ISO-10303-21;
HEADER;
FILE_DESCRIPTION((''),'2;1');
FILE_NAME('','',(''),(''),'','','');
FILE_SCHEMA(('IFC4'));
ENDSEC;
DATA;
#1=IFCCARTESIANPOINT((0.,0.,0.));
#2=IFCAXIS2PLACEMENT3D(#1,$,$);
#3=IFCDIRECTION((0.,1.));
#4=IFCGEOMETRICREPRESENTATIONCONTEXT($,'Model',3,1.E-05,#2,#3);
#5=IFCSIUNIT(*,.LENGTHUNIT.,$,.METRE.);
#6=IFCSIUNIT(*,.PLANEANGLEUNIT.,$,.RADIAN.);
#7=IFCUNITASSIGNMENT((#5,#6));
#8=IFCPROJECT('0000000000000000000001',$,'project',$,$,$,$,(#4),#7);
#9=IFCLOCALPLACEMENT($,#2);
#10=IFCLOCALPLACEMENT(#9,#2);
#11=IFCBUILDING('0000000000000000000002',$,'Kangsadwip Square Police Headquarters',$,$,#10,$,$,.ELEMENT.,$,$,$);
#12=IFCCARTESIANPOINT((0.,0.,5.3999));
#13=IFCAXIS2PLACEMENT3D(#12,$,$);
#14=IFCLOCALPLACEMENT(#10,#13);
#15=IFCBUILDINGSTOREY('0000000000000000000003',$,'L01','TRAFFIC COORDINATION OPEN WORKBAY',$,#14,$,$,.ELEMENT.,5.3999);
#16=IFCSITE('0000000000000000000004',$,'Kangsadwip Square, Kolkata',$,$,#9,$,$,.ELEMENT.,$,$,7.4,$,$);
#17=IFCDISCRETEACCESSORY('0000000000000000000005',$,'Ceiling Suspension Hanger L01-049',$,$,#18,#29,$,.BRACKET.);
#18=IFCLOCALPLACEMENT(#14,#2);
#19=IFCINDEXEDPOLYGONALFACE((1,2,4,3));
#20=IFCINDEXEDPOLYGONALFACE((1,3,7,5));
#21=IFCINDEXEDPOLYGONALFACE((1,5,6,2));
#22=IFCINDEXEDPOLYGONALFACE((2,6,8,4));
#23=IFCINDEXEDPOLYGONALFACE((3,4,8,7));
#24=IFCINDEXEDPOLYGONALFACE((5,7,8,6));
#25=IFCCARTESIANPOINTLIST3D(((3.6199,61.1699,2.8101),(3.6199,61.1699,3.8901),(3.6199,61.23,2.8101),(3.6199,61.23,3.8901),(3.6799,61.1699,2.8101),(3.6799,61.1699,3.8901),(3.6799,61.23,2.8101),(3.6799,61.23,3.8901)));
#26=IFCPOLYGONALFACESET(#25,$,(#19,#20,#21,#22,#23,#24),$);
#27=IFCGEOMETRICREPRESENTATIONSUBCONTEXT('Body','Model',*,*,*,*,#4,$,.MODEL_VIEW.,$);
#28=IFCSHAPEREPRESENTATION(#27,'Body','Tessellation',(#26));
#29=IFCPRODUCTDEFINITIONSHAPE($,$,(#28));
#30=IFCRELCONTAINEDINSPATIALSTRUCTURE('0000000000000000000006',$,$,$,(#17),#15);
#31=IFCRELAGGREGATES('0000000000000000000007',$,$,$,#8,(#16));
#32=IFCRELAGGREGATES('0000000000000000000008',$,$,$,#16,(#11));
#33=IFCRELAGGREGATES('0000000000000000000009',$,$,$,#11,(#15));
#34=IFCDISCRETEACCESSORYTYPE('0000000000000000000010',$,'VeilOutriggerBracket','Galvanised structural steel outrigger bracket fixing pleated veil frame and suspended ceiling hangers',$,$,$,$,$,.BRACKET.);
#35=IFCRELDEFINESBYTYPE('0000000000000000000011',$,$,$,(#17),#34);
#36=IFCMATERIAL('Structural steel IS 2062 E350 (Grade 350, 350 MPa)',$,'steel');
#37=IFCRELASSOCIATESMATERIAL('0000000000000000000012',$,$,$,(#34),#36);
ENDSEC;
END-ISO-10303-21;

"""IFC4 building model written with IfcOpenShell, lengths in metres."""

from ifc_helpers import new_model, si_unit, direction, frame, origin, origin_2d, place, context, subcontext, project, spatial, rectangle, extrude, material, type_object, element, save


model = new_model("IFC4")

# Units and contexts
model_context = context("Model", 3, precision=1e-05, world=origin(), true_north=direction((0.0, 1.0)))
body_context = subcontext(model_context, "Body", "Model", "MODEL_VIEW")
ifc_project = project(units=[si_unit("LENGTHUNIT", "METRE"), si_unit("PLANEANGLEUNIT", "RADIAN")], contexts=[model_context])

# Site, building, storey
site_placement = place(None, origin())
site = spatial("IfcSite", under=ifc_project, at=site_placement, Name="Kangsadwip Square, Kolkata", CompositionType="ELEMENT", RefElevation=7.4)
building_placement = place(site_placement, origin())
building = spatial("IfcBuilding", under=site, at=building_placement, Name="Kangsadwip Square Police Headquarters", CompositionType="ELEMENT")
storey_placement = place(building_placement, frame((0.0, 0.0, 5.3999)))
storey = spatial("IfcBuildingStorey", under=building, at=storey_placement, Name="L01", Description="TRAFFIC COORDINATION OPEN WORKBAY", CompositionType="ELEMENT", Elevation=5.3999)

# Discrete accessory
ifc_material_1 = material(Name="Structural steel IS 2062 E350 (Grade 350, 350 MPa)", Category="steel")
discrete_accessory_type = type_object("IfcDiscreteAccessoryType", Name="VeilOutriggerBracket", Description="Galvanised structural steel outrigger bracket fixing pleated veil frame and suspended ceiling hangers", PredefinedType="BRACKET", material=ifc_material_1)
discrete_accessory_placement = place(storey_placement, frame((3.6499, 61.2, 2.8101), z_axis=(0.0, 0.0, 1.0), x_axis=(1.0, 0.0, 0.0)))
element("IfcDiscreteAccessory", 1, at=discrete_accessory_placement, inside=storey, type_object=discrete_accessory_type, Name="Ceiling Suspension Hanger L01-049", PredefinedType="BRACKET", context=body_context, shape_type="SweptSolid", body=[
    extrude(rectangle(XDim=0.0601, YDim=0.0601, at=origin_2d()), origin(), (0.0, 0.0, 1.0), 1.0801),
])

save(model, "model.ifc")
